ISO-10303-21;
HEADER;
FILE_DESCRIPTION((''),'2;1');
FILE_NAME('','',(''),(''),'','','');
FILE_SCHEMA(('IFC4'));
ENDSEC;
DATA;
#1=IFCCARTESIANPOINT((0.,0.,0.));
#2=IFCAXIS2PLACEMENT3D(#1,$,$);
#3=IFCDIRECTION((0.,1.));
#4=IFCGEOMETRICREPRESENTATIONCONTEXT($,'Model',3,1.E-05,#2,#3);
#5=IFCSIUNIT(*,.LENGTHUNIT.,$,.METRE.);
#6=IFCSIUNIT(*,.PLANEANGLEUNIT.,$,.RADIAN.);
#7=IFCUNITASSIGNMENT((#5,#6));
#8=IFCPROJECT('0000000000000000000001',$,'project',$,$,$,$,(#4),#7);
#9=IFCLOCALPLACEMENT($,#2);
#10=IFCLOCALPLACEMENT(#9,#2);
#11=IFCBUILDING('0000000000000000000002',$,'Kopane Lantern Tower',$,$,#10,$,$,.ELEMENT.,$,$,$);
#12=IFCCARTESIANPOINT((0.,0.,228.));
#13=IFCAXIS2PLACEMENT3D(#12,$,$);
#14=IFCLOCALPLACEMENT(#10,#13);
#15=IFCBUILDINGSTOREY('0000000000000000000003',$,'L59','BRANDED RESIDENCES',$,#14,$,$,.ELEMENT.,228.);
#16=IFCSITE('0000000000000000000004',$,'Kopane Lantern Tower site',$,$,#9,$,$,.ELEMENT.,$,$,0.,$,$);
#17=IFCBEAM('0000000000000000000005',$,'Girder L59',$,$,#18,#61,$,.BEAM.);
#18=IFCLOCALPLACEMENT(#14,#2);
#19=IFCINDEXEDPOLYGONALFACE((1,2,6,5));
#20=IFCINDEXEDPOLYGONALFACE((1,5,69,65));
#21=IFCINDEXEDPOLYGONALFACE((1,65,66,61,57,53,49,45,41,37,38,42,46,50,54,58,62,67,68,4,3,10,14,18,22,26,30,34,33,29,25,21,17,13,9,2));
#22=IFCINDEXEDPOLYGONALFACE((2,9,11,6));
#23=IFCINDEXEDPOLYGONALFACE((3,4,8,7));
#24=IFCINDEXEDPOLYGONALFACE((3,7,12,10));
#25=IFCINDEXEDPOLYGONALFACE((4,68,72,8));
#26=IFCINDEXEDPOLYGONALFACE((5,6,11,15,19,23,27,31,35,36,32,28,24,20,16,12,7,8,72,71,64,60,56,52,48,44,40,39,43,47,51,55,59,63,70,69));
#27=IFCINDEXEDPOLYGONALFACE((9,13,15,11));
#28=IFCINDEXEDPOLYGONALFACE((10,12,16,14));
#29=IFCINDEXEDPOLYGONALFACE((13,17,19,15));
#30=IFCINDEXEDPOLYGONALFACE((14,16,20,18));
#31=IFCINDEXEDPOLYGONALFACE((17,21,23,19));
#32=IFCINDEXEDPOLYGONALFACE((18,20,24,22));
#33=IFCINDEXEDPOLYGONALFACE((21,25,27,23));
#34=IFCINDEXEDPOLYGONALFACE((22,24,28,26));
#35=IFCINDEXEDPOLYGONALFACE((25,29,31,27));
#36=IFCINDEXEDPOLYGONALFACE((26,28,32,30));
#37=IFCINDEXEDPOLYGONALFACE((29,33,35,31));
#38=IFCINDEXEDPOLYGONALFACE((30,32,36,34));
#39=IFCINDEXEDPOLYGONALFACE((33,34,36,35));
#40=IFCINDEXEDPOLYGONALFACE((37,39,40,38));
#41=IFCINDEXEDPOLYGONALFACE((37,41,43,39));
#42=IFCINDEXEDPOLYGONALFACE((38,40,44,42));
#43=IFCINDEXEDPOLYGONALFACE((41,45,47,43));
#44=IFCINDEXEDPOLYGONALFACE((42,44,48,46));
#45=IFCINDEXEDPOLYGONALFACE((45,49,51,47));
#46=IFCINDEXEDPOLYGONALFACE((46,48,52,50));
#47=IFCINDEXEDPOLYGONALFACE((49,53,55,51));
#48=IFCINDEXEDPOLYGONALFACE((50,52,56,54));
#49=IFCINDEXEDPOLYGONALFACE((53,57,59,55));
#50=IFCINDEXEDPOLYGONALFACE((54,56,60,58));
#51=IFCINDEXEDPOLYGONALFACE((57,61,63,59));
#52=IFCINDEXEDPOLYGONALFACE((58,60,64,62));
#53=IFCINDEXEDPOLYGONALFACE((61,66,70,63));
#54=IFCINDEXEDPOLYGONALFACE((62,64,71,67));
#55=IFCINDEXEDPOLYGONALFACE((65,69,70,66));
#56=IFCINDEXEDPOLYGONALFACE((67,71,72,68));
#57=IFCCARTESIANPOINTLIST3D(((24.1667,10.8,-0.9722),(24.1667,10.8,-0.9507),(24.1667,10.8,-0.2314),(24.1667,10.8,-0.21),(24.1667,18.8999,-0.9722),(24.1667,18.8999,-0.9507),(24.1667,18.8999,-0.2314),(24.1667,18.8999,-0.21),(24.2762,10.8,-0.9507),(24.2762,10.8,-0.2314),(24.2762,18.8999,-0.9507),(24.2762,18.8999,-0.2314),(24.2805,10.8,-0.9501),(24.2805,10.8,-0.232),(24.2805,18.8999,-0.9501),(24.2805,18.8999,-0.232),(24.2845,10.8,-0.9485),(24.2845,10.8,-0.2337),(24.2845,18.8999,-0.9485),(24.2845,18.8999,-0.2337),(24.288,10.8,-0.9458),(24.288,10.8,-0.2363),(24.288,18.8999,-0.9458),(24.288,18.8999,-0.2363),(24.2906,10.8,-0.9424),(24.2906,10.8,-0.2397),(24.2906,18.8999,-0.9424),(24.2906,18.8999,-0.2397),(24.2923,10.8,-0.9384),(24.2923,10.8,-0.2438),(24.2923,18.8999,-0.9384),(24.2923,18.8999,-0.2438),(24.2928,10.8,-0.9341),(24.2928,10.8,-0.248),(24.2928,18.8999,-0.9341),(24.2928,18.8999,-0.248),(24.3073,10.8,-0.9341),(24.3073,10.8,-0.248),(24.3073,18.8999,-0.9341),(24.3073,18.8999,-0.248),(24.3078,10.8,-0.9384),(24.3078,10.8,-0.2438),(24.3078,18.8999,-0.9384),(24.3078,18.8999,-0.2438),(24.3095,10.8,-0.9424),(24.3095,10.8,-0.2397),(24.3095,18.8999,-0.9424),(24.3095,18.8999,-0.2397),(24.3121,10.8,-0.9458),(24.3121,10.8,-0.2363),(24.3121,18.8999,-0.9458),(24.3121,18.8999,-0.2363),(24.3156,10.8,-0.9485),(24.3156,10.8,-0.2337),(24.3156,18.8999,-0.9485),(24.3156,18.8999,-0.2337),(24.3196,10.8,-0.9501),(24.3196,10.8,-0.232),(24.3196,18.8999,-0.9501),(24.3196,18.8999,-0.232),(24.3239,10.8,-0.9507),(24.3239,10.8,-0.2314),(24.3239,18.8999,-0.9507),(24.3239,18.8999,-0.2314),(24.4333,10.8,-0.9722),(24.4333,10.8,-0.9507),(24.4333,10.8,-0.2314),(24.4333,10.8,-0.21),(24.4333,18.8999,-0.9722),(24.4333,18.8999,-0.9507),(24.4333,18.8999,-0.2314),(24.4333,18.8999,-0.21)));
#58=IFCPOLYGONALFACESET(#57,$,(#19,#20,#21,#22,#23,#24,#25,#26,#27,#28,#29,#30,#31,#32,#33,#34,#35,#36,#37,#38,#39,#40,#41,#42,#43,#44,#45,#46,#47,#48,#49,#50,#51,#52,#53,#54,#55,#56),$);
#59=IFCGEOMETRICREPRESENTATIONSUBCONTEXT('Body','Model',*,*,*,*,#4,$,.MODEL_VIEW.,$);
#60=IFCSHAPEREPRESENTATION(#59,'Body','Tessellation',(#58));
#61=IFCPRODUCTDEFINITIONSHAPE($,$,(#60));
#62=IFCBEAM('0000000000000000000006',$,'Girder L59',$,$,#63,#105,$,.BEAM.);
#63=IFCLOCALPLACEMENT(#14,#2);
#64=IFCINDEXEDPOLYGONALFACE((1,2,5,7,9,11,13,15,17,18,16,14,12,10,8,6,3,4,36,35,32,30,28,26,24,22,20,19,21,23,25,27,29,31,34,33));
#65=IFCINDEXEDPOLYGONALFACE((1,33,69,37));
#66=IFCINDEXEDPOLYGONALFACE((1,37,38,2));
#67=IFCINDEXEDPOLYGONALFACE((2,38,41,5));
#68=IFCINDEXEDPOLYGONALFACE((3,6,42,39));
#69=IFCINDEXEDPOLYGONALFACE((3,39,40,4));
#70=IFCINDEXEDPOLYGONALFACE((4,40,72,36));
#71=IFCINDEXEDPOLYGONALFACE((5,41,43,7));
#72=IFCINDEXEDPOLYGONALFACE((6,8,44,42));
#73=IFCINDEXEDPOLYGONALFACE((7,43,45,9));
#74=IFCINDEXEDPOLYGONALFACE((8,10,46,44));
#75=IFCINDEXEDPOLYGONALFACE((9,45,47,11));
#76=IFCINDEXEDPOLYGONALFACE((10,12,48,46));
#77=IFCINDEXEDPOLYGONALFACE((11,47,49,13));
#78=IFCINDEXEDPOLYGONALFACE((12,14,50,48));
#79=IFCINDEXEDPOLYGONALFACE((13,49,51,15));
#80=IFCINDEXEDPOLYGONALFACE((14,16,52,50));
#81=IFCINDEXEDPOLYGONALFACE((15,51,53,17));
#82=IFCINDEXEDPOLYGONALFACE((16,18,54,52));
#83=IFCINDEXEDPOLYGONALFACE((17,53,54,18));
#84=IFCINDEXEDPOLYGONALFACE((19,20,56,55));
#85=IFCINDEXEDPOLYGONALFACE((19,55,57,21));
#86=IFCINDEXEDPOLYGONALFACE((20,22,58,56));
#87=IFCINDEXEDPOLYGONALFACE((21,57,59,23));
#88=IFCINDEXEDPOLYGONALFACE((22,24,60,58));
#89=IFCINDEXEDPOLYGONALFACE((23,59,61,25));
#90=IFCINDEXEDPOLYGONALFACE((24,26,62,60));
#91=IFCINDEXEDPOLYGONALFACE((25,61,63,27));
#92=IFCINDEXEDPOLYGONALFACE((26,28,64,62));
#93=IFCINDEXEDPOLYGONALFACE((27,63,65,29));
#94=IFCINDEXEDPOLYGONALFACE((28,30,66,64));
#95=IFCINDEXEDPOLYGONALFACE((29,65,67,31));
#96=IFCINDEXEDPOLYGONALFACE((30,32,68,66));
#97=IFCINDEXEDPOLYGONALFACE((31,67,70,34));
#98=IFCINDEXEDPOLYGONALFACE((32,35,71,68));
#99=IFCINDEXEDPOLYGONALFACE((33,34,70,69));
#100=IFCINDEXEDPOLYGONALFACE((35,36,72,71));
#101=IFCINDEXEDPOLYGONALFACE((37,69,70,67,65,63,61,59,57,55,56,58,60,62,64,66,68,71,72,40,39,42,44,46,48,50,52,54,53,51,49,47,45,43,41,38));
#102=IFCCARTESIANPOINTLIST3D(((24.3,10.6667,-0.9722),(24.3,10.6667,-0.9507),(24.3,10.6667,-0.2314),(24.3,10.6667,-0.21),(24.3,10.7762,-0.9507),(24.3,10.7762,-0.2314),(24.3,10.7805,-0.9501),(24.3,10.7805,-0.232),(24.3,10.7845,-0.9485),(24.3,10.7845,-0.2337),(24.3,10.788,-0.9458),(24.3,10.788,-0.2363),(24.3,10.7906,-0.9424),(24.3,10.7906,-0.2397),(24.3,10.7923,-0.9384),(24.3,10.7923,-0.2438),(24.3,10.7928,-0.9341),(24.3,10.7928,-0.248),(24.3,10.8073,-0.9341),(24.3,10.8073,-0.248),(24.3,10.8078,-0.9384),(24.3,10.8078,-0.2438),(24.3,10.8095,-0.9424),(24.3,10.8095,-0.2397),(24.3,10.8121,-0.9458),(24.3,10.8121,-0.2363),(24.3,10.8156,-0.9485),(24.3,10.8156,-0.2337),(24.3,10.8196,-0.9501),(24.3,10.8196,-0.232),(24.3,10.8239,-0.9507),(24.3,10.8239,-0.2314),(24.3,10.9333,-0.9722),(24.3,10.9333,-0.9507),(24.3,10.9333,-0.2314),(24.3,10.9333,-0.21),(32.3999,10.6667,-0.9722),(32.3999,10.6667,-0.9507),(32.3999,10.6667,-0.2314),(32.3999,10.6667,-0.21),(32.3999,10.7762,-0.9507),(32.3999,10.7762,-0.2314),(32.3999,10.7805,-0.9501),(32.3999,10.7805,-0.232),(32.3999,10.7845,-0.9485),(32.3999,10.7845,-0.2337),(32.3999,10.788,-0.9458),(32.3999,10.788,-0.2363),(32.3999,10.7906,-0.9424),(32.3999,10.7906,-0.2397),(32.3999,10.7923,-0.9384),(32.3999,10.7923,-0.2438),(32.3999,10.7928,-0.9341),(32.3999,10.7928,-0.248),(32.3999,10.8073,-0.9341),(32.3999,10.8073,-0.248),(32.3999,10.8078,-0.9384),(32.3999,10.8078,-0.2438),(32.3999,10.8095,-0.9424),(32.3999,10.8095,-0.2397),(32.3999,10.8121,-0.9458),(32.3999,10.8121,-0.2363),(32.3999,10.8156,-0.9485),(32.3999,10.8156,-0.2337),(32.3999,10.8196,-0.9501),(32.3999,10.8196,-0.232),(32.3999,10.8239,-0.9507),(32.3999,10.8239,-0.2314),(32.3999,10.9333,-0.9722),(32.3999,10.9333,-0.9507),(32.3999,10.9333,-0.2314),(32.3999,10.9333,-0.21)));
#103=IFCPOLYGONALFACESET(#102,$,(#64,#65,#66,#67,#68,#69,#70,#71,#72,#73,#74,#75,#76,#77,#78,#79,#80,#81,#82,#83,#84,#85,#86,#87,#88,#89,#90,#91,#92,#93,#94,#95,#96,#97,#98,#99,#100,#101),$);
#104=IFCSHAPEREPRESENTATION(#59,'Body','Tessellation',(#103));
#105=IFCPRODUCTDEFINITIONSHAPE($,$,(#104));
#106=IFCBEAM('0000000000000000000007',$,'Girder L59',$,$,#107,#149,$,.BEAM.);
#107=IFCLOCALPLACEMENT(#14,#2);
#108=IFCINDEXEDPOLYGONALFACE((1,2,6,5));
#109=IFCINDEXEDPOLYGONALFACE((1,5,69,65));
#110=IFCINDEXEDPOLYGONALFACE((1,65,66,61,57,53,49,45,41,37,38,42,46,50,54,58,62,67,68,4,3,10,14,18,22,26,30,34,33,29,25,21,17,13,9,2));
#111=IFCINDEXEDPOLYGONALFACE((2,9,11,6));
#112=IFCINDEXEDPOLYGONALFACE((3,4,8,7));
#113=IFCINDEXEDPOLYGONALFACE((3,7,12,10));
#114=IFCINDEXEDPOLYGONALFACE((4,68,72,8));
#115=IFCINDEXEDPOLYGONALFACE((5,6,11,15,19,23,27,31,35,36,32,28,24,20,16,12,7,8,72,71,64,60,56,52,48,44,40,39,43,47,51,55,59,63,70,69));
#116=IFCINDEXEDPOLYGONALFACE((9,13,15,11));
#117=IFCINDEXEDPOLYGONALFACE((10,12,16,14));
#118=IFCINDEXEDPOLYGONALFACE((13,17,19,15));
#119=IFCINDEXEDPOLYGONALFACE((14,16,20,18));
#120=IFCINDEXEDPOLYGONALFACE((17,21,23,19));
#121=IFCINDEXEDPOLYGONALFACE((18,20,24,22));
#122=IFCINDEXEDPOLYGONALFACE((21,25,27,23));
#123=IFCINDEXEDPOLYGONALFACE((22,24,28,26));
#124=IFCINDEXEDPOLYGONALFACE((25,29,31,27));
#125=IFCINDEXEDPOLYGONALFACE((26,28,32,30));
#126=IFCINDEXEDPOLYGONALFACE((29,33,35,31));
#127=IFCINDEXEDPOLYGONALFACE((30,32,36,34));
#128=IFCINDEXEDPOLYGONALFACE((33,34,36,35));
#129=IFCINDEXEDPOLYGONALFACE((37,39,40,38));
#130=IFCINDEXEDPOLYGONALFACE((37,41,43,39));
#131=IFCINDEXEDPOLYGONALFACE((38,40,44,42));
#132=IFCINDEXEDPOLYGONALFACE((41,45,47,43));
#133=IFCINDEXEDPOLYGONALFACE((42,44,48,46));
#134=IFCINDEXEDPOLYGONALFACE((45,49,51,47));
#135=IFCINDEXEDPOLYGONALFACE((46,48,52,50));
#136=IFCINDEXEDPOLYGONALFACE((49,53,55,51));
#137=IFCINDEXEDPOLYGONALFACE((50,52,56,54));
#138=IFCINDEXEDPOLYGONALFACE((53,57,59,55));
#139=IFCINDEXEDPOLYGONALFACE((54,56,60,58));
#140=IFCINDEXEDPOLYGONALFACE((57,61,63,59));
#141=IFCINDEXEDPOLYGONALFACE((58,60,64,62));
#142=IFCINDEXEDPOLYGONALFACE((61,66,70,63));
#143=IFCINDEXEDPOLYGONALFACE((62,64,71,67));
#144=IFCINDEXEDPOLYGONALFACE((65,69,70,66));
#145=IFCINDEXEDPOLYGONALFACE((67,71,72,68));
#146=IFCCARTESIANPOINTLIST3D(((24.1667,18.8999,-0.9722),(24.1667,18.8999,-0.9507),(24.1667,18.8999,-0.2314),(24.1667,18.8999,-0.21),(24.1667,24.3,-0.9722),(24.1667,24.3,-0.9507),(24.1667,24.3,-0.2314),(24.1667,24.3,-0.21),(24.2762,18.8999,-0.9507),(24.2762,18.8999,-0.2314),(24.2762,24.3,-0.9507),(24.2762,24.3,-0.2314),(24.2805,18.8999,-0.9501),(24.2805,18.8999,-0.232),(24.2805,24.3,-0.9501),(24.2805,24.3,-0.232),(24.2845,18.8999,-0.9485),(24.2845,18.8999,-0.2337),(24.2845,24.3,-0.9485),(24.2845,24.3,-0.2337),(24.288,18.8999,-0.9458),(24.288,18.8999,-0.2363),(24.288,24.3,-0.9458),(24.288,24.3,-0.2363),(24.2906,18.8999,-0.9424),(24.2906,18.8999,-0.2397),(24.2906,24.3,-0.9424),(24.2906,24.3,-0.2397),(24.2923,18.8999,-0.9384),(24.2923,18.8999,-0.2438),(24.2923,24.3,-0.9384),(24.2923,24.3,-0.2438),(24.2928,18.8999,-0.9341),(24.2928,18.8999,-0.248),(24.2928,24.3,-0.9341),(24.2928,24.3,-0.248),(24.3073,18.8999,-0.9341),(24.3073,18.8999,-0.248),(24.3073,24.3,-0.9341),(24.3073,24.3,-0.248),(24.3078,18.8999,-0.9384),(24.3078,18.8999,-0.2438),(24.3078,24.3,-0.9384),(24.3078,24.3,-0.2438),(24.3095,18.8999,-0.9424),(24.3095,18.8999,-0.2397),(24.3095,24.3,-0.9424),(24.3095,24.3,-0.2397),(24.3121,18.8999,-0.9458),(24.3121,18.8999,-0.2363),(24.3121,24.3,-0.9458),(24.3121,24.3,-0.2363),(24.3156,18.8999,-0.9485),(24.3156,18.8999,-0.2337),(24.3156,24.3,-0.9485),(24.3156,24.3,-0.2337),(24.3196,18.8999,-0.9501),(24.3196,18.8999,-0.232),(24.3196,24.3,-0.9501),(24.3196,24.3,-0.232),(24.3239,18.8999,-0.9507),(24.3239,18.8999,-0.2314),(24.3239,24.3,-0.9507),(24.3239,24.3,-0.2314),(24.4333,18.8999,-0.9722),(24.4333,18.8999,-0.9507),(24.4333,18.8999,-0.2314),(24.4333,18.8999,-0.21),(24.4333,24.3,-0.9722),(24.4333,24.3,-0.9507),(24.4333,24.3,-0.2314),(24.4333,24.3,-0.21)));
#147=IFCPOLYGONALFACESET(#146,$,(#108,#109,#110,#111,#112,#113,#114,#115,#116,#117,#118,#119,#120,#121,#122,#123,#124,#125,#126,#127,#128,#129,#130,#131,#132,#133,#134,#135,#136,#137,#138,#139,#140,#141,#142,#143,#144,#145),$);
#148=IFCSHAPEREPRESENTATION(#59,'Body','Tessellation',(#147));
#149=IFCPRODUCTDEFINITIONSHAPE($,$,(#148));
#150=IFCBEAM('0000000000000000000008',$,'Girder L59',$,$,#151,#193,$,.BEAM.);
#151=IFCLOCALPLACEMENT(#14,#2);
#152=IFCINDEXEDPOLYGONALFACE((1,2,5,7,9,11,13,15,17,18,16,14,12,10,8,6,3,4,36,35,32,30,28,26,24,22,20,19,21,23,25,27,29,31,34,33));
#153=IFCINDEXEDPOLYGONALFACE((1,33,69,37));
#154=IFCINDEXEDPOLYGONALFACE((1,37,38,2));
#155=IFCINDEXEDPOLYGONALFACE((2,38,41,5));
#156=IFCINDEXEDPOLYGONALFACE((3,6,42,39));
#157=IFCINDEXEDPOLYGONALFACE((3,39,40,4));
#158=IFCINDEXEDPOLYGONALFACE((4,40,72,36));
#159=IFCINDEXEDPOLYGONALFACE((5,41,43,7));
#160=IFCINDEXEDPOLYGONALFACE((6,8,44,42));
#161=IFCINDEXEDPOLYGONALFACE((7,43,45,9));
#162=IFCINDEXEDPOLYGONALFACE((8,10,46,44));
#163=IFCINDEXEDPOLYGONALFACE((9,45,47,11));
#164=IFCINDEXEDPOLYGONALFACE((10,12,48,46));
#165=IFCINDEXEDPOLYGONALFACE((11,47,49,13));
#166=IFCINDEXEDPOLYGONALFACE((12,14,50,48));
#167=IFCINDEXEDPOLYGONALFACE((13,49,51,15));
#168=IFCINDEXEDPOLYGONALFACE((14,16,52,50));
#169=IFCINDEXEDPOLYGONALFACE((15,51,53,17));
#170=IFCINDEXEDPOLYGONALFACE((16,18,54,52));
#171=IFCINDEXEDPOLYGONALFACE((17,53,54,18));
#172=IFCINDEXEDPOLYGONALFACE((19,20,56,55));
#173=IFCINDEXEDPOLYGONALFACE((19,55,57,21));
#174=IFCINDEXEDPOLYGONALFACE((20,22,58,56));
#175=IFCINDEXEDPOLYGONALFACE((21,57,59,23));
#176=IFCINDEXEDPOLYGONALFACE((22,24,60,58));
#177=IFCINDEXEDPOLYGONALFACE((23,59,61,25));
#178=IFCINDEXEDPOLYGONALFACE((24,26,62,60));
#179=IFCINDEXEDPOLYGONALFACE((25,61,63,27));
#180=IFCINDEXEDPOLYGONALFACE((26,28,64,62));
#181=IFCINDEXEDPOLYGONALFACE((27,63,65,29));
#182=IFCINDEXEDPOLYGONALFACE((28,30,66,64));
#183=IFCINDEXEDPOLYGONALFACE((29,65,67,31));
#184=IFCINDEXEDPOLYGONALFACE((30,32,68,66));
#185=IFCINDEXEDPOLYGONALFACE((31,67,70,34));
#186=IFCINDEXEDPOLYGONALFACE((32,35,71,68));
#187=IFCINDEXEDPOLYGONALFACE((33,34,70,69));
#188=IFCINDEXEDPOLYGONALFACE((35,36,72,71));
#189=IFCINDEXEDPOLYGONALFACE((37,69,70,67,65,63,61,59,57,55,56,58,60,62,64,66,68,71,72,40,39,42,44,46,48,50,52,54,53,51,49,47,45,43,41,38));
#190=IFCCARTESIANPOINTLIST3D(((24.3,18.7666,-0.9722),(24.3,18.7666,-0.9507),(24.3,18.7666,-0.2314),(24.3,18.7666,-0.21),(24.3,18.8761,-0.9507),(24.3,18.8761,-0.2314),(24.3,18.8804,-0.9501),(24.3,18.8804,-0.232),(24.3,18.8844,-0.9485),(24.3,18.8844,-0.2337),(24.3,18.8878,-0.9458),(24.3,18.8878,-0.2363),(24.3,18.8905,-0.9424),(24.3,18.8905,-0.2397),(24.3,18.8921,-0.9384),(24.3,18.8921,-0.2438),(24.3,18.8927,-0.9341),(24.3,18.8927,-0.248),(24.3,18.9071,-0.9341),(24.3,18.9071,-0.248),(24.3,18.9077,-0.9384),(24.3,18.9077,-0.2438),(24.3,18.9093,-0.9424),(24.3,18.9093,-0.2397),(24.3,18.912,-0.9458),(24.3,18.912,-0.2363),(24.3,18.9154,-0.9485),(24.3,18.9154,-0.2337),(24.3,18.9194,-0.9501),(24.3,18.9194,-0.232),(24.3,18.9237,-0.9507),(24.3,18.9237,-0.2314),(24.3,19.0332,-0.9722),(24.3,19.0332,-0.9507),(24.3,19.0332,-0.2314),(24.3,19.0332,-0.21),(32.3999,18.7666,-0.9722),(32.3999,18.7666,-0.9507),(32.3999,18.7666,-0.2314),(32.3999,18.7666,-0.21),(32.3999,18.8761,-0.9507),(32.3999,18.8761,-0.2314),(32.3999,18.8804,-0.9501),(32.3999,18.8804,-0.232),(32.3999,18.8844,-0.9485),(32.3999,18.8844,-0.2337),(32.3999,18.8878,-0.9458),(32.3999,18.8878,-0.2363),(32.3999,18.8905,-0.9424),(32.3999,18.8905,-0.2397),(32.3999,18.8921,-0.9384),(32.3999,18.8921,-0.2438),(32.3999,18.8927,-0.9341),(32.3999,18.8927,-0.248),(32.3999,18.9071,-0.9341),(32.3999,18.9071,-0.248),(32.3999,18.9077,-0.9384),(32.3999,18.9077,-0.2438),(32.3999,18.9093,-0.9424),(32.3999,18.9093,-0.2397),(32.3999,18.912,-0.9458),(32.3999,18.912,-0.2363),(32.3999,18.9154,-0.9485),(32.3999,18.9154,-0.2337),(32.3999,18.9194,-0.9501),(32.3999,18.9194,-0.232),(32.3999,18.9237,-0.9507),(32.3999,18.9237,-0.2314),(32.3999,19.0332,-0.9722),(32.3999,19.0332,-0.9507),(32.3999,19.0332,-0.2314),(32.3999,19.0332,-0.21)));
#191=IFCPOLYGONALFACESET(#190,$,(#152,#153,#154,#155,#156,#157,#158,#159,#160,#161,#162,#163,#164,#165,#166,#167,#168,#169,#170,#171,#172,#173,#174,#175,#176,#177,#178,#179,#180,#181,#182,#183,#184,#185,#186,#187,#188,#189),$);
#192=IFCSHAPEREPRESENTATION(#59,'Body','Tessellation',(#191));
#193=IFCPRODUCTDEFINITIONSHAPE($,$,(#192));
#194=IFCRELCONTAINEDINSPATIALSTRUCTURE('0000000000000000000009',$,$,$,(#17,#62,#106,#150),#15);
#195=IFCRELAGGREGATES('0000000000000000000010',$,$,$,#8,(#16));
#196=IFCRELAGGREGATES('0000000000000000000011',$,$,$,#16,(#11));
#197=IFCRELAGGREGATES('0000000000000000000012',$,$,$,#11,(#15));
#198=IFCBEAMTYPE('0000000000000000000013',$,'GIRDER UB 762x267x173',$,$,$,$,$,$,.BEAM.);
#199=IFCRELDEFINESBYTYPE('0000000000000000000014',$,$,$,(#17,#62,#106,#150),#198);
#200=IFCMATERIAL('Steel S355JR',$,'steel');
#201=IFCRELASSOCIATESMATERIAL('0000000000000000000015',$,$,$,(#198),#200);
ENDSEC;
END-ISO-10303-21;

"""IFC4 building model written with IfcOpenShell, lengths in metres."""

from ifc_helpers import new_model, si_unit, direction, frame, origin, origin_2d, place, context, subcontext, project, spatial, i_section, extrude, material, material_profile, profile_set, type_object, element, save


model = new_model("IFC4")

# Units and contexts
model_context = context("Model", 3, precision=1e-05, world=origin(), true_north=direction((0.0, 1.0)))
body_context = subcontext(model_context, "Body", "Model", "MODEL_VIEW")
ifc_project = project(units=[si_unit("LENGTHUNIT", "METRE"), si_unit("PLANEANGLEUNIT", "RADIAN")], contexts=[model_context])

# Site, building, storey
site_placement = place(None, origin())
site = spatial("IfcSite", under=ifc_project, at=site_placement, Name="Kopane Lantern Tower site", CompositionType="ELEMENT", RefElevation=0.0)
building_placement = place(site_placement, origin())
building = spatial("IfcBuilding", under=site, at=building_placement, Name="Kopane Lantern Tower", CompositionType="ELEMENT")
storey_placement = place(building_placement, frame((0.0, 0.0, 228.0)))
storey = spatial("IfcBuildingStorey", under=building, at=storey_placement, Name="L59", Description="BRANDED RESIDENCES", CompositionType="ELEMENT", Elevation=228.0)

# Beams
ifc_material_1 = material(Name="Steel S355JR", Category="steel")
ifc_material_profile_1 = material_profile(ifc_material_1, i_section(OverallWidth=0.2666, OverallDepth=0.7622, WebThickness=0.0144, FlangeThickness=0.0215, FilletRadius=0.0166, at=origin_2d()), Name="UB 762x267x173")
ifc_profile_set_1 = profile_set([ifc_material_profile_1], Name="Steel S355JR")
beam_type = type_object("IfcBeamType", Name="GIRDER UB 762x267x173", PredefinedType="BEAM", material=ifc_profile_set_1)
for number, where, z_axis, x_axis, name in (
    (1, (24.3, 10.8, -0.5911), (0.0, 1.0, 0.0), (-1.0, 0.0, 0.0), "Girder L59"),
    (2, (24.3, 10.8, -0.5911), (1.0, 0.0, 0.0), (0.0, 1.0, 0.0), "Girder L59"),
):
    element("IfcBeam", number, at=place(storey_placement, frame(where, z_axis=z_axis, x_axis=x_axis)), inside=storey, type_object=beam_type, Name=name, PredefinedType="BEAM", context=body_context, shape_type="SweptSolid", body=[
        extrude(i_section(OverallWidth=0.2666, OverallDepth=0.7622, WebThickness=0.0144, FlangeThickness=0.0215, FilletRadius=0.0166, at=origin_2d()), origin(), (0.0, 0.0, 1.0), 8.0999),
    ])
beam_1_placement = place(storey_placement, frame((24.3, 18.8999, -0.5911), z_axis=(0.0, 1.0, 0.0), x_axis=(-1.0, 0.0, 0.0)))
element("IfcBeam", 3, at=beam_1_placement, inside=storey, type_object=beam_type, Name="Girder L59", PredefinedType="BEAM", context=body_context, shape_type="SweptSolid", body=[
    extrude(i_section(OverallWidth=0.2666, OverallDepth=0.7622, WebThickness=0.0144, FlangeThickness=0.0215, FilletRadius=0.0166, at=origin_2d()), origin(), (0.0, 0.0, 1.0), 5.4001),
])
beam_2_placement = place(storey_placement, frame((24.3, 18.8999, -0.5911), z_axis=(1.0, 0.0, 0.0), x_axis=(0.0, 1.0, 0.0)))
element("IfcBeam", 4, at=beam_2_placement, inside=storey, type_object=beam_type, Name="Girder L59", PredefinedType="BEAM", context=body_context, shape_type="SweptSolid", body=[
    extrude(i_section(OverallWidth=0.2666, OverallDepth=0.7622, WebThickness=0.0144, FlangeThickness=0.0215, FilletRadius=0.0166, at=origin_2d()), origin(), (0.0, 0.0, 1.0), 8.0999),
])

save(model, "model.ifc")
